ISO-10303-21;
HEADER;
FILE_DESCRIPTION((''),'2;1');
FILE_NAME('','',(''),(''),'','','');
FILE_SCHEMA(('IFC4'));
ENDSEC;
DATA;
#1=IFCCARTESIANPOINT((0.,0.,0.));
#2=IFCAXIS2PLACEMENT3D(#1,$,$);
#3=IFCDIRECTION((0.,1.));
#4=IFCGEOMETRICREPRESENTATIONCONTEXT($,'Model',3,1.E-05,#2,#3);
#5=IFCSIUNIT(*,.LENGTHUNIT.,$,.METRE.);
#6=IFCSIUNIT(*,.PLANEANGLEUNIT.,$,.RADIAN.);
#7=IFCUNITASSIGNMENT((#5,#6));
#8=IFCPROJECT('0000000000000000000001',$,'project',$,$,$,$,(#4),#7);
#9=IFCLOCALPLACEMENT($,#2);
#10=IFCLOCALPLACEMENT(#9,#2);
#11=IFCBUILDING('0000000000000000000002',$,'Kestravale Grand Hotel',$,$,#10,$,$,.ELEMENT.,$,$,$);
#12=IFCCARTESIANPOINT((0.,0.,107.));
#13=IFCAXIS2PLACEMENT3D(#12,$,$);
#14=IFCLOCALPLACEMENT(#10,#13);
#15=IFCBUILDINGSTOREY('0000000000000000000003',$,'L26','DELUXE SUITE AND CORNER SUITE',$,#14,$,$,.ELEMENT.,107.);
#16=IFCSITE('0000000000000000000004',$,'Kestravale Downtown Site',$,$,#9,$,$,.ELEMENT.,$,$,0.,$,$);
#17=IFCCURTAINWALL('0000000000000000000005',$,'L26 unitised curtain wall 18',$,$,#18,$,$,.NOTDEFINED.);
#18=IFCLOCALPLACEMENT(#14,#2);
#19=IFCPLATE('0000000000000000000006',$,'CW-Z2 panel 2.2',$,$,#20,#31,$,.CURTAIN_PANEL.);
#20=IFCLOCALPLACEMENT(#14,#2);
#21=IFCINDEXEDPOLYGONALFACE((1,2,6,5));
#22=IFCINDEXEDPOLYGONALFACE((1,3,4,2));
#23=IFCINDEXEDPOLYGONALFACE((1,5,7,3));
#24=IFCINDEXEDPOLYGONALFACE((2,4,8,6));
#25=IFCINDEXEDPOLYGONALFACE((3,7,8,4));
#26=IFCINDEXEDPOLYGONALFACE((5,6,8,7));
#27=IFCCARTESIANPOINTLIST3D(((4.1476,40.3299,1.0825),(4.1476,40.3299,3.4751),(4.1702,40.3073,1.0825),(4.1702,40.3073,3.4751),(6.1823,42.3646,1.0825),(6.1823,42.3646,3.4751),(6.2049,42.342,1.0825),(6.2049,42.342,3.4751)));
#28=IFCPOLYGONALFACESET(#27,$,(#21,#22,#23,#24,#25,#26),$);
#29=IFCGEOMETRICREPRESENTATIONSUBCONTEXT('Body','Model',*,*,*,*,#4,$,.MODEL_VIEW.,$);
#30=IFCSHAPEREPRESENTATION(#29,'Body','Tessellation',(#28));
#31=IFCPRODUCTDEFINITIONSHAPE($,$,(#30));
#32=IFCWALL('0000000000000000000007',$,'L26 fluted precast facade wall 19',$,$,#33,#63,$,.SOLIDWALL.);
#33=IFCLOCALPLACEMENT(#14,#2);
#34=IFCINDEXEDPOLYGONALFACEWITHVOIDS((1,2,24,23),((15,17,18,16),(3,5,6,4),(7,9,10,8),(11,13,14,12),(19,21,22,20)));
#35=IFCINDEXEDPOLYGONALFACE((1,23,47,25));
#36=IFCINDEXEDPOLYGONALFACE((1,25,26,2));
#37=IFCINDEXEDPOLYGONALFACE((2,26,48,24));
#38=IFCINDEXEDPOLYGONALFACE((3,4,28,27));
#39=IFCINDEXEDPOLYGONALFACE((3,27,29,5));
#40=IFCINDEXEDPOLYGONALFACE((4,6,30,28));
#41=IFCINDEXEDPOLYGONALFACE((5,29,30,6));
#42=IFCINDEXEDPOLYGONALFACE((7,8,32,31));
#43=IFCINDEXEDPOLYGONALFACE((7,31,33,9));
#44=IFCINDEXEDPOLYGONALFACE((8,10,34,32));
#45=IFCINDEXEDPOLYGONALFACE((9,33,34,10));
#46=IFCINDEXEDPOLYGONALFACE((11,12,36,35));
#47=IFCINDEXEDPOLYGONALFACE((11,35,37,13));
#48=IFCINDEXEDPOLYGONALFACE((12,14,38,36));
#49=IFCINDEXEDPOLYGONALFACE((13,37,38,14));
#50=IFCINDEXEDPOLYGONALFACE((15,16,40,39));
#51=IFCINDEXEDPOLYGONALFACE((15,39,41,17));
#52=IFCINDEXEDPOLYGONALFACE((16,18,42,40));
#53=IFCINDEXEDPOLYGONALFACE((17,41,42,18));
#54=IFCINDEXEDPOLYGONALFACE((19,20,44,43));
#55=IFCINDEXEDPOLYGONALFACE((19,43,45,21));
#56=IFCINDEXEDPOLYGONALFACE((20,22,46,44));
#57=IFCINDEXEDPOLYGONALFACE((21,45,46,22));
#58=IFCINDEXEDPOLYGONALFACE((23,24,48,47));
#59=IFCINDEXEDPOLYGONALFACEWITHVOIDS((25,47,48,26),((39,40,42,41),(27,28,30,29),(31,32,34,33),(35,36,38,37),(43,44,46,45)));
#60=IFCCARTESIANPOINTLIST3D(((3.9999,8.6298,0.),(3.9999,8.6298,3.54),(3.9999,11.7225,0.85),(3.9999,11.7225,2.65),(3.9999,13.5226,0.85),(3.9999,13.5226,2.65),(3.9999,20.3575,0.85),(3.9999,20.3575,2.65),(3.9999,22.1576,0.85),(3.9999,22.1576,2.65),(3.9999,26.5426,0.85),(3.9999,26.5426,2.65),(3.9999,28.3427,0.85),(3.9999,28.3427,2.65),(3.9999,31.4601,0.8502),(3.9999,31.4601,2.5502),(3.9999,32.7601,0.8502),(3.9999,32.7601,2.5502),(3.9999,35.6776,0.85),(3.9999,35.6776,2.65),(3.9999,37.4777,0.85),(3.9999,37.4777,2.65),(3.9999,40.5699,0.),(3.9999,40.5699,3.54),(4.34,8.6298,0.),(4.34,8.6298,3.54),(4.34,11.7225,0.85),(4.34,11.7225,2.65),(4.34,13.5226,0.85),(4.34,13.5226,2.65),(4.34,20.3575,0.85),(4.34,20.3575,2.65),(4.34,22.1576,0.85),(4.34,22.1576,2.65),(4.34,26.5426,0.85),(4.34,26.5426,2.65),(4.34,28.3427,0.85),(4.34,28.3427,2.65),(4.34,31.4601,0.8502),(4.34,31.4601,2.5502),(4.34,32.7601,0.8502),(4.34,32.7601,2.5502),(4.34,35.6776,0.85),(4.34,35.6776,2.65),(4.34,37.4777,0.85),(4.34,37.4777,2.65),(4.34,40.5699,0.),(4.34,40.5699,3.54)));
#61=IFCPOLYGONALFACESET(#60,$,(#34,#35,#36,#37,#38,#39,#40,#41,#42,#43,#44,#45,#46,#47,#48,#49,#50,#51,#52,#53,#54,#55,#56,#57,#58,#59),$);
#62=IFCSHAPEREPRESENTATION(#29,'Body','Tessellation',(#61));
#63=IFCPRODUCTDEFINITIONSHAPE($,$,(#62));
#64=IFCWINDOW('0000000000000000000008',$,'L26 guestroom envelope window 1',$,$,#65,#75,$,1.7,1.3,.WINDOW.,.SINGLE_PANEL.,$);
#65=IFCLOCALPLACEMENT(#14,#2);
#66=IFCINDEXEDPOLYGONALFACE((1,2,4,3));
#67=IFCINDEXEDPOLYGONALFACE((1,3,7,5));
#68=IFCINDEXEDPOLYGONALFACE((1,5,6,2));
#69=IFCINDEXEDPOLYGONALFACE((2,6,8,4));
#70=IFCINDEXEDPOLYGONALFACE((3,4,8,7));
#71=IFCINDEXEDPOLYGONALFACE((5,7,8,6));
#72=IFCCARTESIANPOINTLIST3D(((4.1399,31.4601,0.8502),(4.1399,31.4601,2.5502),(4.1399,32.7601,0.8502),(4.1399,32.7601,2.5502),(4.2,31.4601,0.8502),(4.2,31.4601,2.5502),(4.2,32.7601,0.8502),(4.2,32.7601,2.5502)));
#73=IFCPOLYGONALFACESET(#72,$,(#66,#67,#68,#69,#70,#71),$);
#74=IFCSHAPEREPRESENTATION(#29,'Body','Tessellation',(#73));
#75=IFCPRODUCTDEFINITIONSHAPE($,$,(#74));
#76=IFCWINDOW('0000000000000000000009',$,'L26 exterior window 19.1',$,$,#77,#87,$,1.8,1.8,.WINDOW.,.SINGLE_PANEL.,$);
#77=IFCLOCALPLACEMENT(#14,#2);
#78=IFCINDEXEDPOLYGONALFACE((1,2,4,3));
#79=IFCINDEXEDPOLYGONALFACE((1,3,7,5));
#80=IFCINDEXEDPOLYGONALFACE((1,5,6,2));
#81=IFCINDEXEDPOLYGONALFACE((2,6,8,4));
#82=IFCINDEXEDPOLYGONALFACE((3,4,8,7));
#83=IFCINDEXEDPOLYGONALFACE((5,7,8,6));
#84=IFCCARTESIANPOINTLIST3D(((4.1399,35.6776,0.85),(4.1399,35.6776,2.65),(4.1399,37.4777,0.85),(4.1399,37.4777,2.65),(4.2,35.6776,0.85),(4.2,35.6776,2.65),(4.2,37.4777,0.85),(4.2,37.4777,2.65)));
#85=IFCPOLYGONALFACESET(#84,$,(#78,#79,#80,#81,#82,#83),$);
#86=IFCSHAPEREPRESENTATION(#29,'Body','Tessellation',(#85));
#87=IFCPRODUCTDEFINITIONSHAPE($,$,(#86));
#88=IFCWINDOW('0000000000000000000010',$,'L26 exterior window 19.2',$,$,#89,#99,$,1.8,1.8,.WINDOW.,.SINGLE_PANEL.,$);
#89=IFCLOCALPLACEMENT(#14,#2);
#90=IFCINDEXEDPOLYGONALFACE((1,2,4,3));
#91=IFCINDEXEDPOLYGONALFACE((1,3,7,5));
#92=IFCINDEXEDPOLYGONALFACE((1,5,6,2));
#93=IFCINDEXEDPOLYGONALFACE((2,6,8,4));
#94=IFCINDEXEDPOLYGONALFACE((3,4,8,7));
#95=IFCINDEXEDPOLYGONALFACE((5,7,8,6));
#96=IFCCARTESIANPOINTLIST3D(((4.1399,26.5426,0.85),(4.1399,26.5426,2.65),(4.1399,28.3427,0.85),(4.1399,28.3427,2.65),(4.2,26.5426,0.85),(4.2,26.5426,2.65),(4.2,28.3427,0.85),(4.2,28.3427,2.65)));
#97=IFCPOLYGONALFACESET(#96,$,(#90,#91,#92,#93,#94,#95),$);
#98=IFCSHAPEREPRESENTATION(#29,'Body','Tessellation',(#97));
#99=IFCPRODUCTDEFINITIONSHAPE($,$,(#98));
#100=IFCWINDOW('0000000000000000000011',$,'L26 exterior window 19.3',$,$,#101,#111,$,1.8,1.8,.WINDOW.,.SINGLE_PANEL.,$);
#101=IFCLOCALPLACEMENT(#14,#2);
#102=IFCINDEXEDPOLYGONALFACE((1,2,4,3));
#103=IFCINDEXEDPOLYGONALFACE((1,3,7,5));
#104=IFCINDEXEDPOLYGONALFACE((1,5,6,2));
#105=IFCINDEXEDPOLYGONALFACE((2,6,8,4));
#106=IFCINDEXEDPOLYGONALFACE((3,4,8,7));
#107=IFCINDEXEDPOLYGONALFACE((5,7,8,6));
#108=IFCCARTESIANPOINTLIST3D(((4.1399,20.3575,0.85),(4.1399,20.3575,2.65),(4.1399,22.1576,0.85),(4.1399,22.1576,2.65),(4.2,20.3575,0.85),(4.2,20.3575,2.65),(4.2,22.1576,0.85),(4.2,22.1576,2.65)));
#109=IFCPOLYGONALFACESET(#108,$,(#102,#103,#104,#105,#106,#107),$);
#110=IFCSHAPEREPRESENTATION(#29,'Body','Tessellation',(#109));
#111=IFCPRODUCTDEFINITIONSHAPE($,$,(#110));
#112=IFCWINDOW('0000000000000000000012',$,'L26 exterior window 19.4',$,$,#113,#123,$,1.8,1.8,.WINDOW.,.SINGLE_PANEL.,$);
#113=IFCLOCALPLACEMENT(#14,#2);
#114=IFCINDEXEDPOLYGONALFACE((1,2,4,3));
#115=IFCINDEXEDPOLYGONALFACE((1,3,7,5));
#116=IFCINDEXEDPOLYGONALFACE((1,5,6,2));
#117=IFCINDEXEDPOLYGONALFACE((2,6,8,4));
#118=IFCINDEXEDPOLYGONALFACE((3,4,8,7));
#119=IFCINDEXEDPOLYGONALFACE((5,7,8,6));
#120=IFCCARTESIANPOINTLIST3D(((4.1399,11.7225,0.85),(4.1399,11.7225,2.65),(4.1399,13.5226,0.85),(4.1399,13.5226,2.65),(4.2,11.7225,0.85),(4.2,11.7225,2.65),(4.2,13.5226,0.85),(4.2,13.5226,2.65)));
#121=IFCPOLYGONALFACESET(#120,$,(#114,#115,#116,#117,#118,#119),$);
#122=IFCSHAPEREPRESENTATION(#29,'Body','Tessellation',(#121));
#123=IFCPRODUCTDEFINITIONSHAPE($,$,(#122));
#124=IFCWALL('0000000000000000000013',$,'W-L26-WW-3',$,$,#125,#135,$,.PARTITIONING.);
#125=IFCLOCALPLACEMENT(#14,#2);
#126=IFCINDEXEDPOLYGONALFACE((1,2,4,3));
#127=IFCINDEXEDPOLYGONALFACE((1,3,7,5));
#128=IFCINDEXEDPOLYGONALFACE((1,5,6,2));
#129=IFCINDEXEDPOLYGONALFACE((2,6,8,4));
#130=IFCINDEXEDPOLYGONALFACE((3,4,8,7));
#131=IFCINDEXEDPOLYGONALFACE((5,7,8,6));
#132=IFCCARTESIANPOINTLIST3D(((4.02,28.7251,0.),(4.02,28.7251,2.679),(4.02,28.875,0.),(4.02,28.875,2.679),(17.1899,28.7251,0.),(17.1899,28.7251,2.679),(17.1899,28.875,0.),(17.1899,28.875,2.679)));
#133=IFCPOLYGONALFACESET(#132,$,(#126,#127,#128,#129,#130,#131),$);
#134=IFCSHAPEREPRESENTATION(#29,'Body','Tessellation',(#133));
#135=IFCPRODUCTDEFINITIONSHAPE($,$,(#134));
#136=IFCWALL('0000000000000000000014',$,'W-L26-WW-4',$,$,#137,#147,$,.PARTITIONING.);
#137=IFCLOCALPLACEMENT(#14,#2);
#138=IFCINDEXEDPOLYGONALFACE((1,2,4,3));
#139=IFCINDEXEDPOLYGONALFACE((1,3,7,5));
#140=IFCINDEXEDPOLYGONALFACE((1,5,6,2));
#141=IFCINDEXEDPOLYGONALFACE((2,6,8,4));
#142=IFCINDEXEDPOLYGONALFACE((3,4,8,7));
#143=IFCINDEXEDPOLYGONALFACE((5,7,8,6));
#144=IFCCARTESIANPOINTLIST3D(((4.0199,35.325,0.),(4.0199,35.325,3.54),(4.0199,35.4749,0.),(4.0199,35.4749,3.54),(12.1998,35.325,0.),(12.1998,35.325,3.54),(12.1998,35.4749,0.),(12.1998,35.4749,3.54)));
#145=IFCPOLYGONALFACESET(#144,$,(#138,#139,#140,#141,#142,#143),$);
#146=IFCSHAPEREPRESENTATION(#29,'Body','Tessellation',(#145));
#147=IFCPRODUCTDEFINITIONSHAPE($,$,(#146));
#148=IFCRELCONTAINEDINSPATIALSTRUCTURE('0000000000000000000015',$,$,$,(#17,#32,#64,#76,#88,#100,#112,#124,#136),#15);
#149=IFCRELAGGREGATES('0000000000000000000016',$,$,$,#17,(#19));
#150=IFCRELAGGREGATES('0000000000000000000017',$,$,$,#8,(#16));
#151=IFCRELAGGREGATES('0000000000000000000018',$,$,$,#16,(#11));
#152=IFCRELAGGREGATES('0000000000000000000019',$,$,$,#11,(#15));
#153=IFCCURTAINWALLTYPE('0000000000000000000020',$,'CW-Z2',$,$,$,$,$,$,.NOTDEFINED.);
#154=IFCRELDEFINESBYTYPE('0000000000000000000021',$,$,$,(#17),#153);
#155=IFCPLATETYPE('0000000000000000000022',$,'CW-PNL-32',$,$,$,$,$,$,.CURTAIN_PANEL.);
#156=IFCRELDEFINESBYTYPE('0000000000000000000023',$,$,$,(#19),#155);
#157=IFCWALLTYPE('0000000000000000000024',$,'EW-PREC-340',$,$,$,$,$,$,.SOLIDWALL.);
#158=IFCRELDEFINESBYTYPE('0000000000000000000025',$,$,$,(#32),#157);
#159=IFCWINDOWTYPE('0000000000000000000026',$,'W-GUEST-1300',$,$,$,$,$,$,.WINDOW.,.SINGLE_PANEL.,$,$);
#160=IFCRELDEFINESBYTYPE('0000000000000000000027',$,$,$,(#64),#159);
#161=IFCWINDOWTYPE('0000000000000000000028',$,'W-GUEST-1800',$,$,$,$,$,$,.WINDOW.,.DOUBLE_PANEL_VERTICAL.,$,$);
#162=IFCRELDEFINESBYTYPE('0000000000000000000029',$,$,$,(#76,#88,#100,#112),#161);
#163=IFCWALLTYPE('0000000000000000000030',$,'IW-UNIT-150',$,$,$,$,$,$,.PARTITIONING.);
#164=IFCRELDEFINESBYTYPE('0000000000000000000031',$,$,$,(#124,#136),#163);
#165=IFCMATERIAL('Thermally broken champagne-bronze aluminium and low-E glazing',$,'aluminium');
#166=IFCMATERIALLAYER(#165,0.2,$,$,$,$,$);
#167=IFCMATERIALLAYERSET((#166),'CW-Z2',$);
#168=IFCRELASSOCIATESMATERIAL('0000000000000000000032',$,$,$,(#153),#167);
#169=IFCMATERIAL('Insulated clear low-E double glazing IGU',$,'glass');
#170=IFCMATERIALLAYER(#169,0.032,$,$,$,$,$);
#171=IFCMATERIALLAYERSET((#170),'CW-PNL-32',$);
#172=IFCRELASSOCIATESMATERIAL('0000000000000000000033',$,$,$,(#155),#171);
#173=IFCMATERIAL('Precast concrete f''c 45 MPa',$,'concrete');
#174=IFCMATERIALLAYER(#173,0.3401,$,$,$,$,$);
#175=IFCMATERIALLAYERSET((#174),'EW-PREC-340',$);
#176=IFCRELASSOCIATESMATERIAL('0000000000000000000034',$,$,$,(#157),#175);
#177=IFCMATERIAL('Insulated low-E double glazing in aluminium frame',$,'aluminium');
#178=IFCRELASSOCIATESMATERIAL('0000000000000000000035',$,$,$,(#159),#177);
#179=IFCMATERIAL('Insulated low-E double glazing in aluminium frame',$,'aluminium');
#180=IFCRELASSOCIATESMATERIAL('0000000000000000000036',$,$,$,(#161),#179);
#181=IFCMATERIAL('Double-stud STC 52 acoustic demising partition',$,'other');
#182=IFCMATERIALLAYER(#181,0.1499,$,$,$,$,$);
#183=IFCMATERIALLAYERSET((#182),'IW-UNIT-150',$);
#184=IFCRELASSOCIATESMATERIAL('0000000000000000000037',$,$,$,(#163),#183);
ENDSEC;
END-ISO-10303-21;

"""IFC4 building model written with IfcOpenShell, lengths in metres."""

from ifc_helpers import new_model, si_unit, direction, frame, frame_2d, origin, origin_2d, place, context, subcontext, project, spatial, rectangle, extrude, material, layer, layer_set, type_object, element, fill, aggregate, save


model = new_model("IFC4")

# Units and contexts
model_context = context("Model", 3, precision=1e-05, world=origin(), true_north=direction((0.0, 1.0)))
body_context = subcontext(model_context, "Body", "Model", "MODEL_VIEW")
ifc_project = project(units=[si_unit("LENGTHUNIT", "METRE"), si_unit("PLANEANGLEUNIT", "RADIAN")], contexts=[model_context])

# Site, building, storey
site_placement = place(None, origin())
site = spatial("IfcSite", under=ifc_project, at=site_placement, Name="Kestravale Downtown Site", CompositionType="ELEMENT", RefElevation=0.0)
building_placement = place(site_placement, origin())
building = spatial("IfcBuilding", under=site, at=building_placement, Name="Kestravale Grand Hotel", CompositionType="ELEMENT")
storey_placement = place(building_placement, frame((0.0, 0.0, 107.0)))
storey = spatial("IfcBuildingStorey", under=building, at=storey_placement, Name="L26", Description="DELUXE SUITE AND CORNER SUITE", CompositionType="ELEMENT", Elevation=107.0)

# Curtain wall, plate
ifc_material_1 = material(Name="Thermally broken champagne-bronze aluminium and low-E glazing", Category="aluminium")
ifc_layer_1 = layer(ifc_material_1, 0.2)
ifc_layer_set_1 = layer_set([ifc_layer_1], Name="CW-Z2")
curtain_wall_type = type_object("IfcCurtainWallType", Name="CW-Z2", PredefinedType="NOTDEFINED", material=ifc_layer_set_1)
curtain_wall_placement = place(storey_placement, origin())
curtain_wall = element("IfcCurtainWall", 1, at=curtain_wall_placement, inside=storey, type_object=curtain_wall_type, Name="L26 unitised curtain wall 18", PredefinedType="NOTDEFINED")
ifc_material_2 = material(Name="Insulated clear low-E double glazing IGU", Category="glass")
ifc_layer_2 = layer(ifc_material_2, 0.032)
ifc_layer_set_2 = layer_set([ifc_layer_2], Name="CW-PNL-32")
plate_type = type_object("IfcPlateType", Name="CW-PNL-32", PredefinedType="CURTAIN_PANEL", material=ifc_layer_set_2)
plate_1_placement = place(storey_placement, frame((5.1763, 41.3359, 1.0825), z_axis=(0.0, 0.0, 1.0), x_axis=(-0.707107, -0.707107, 0.0)))
plate_1 = element("IfcPlate", 2, at=plate_1_placement, type_object=plate_type, Name="CW-Z2 panel 2.2", PredefinedType="CURTAIN_PANEL", context=body_context, shape_type="SweptSolid", body=[
    extrude(rectangle(XDim=2.8774, YDim=0.032, at=origin_2d()), origin(), (0.0, 0.0, 1.0), 2.3926),
])
aggregate(curtain_wall, [plate_1])

# Wall, openings, windows
ifc_material_3 = material(Name="Precast concrete f'c 45 MPa", Category="concrete")
ifc_layer_3 = layer(ifc_material_3, 0.3401)
ifc_layer_set_3 = layer_set([ifc_layer_3], Name="EW-PREC-340")
wall_type_1 = type_object("IfcWallType", Name="EW-PREC-340", PredefinedType="SOLIDWALL", material=ifc_layer_set_3)
wall_1_placement = place(storey_placement, frame((4.1699, 40.5701, 0.0), z_axis=(0.0, 0.0, 1.0), x_axis=(0.0, -1.0, 0.0)))
wall_1 = element("IfcWall", 3, at=wall_1_placement, inside=storey, type_object=wall_type_1, Name="L26 fluted precast facade wall 19", PredefinedType="SOLIDWALL", context=body_context, shape_type="SweptSolid", body=[
    extrude(rectangle(XDim=31.9402, YDim=0.3401, at=frame_2d((15.9702, 0.0))), origin(), (0.0, 0.0, 1.0), 3.54),
])
opening_1_placement = place(wall_1_placement, frame((3.0925, 0.0, 0.8501)))
opening_1 = element("IfcOpeningElement", 4, at=opening_1_placement, cuts=wall_1, PredefinedType="OPENING", context=body_context, shape_type="SweptSolid", body=[
    extrude(rectangle(XDim=1.8, YDim=1.8, at=frame_2d((0.8999, 0.8999))), frame((0.0, 0.1799, 0.0), z_axis=(0.0, -1.0, 0.0), x_axis=(1.0, 0.0, 0.0)), (0.0, 0.0, 1.0), 0.3601),
])
opening_2_placement = place(wall_1_placement, frame((12.2275, 0.0, 0.8501)))
opening_2 = element("IfcOpeningElement", 5, at=opening_2_placement, cuts=wall_1, PredefinedType="OPENING", context=body_context, shape_type="SweptSolid", body=[
    extrude(rectangle(XDim=1.8, YDim=1.8, at=frame_2d((0.8999, 0.8999))), frame((0.0, 0.1799, 0.0), z_axis=(0.0, -1.0, 0.0), x_axis=(1.0, 0.0, 0.0)), (0.0, 0.0, 1.0), 0.3601),
])
opening_3_placement = place(wall_1_placement, frame((18.4126, 0.0, 0.8501)))
opening_3 = element("IfcOpeningElement", 6, at=opening_3_placement, cuts=wall_1, PredefinedType="OPENING", context=body_context, shape_type="SweptSolid", body=[
    extrude(rectangle(XDim=1.8, YDim=1.8, at=frame_2d((0.8999, 0.8999))), frame((0.0, 0.1799, 0.0), z_axis=(0.0, -1.0, 0.0), x_axis=(1.0, 0.0, 0.0)), (0.0, 0.0, 1.0), 0.3601),
])
opening_4_placement = place(wall_1_placement, frame((27.0476, 0.0, 0.8501)))
opening_4 = element("IfcOpeningElement", 7, at=opening_4_placement, cuts=wall_1, PredefinedType="OPENING", context=body_context, shape_type="SweptSolid", body=[
    extrude(rectangle(XDim=1.8, YDim=1.8, at=frame_2d((0.8999, 0.8999))), frame((0.0, 0.1799, 0.0), z_axis=(0.0, -1.0, 0.0), x_axis=(1.0, 0.0, 0.0)), (0.0, 0.0, 1.0), 0.3601),
])
opening_5_placement = place(wall_1_placement, frame((7.8101, 0.0, 0.8501)))
opening_5 = element("IfcOpeningElement", 8, at=opening_5_placement, cuts=wall_1, PredefinedType="OPENING", context=body_context, shape_type="SweptSolid", body=[
    extrude(rectangle(XDim=1.3, YDim=1.7, at=frame_2d((0.6499, 0.8501))), frame((0.0, 0.1799, 0.0), z_axis=(0.0, -1.0, 0.0), x_axis=(1.0, 0.0, 0.0)), (0.0, 0.0, 1.0), 0.3601),
])
ifc_material_4 = material(Name="Insulated low-E double glazing in aluminium frame", Category="aluminium")
window_type_1 = type_object("IfcWindowType", Name="W-GUEST-1300", PartitioningType="SINGLE_PANEL", PredefinedType="WINDOW", material=ifc_material_4)
window_1_placement = place(opening_5_placement, origin())
window_1 = element("IfcWindow", 9, at=window_1_placement, inside=storey, type_object=window_type_1, Name="L26 guestroom envelope window 1", OverallHeight=1.7, OverallWidth=1.3, PartitioningType="SINGLE_PANEL", PredefinedType="WINDOW", context=body_context, shape_type="SweptSolid", body=[
    extrude(rectangle(XDim=1.3, YDim=1.7, at=frame_2d((0.6499, 0.8501))), frame((0.0, 0.03, 0.0), z_axis=(0.0, -1.0, 0.0), x_axis=(1.0, 0.0, 0.0)), (0.0, 0.0, 1.0), 0.0601),
])
fill(opening_5, window_1)
ifc_material_5 = material(Name="Insulated low-E double glazing in aluminium frame", Category="aluminium")
window_type_2 = type_object("IfcWindowType", Name="W-GUEST-1800", PartitioningType="DOUBLE_PANEL_VERTICAL", PredefinedType="WINDOW", material=ifc_material_5)
window_2_placement = place(opening_1_placement, origin())
window_2 = element("IfcWindow", 10, at=window_2_placement, inside=storey, type_object=window_type_2, Name="L26 exterior window 19.1", OverallHeight=1.8, OverallWidth=1.8, PartitioningType="SINGLE_PANEL", PredefinedType="WINDOW", context=body_context, shape_type="SweptSolid", body=[
    extrude(rectangle(XDim=1.8, YDim=1.8, at=frame_2d((0.8999, 0.8999))), frame((0.0, 0.03, 0.0), z_axis=(0.0, -1.0, 0.0), x_axis=(1.0, 0.0, 0.0)), (0.0, 0.0, 1.0), 0.0601),
])
fill(opening_1, window_2)
window_3_placement = place(opening_2_placement, origin())
window_3 = element("IfcWindow", 11, at=window_3_placement, inside=storey, type_object=window_type_2, Name="L26 exterior window 19.2", OverallHeight=1.8, OverallWidth=1.8, PartitioningType="SINGLE_PANEL", PredefinedType="WINDOW", context=body_context, shape_type="SweptSolid", body=[
    extrude(rectangle(XDim=1.8, YDim=1.8, at=frame_2d((0.8999, 0.8999))), frame((0.0, 0.03, 0.0), z_axis=(0.0, -1.0, 0.0), x_axis=(1.0, 0.0, 0.0)), (0.0, 0.0, 1.0), 0.0601),
])
fill(opening_2, window_3)
window_4_placement = place(opening_3_placement, origin())
window_4 = element("IfcWindow", 12, at=window_4_placement, inside=storey, type_object=window_type_2, Name="L26 exterior window 19.3", OverallHeight=1.8, OverallWidth=1.8, PartitioningType="SINGLE_PANEL", PredefinedType="WINDOW", context=body_context, shape_type="SweptSolid", body=[
    extrude(rectangle(XDim=1.8, YDim=1.8, at=frame_2d((0.8999, 0.8999))), frame((0.0, 0.03, 0.0), z_axis=(0.0, -1.0, 0.0), x_axis=(1.0, 0.0, 0.0)), (0.0, 0.0, 1.0), 0.0601),
])
fill(opening_3, window_4)
window_5_placement = place(opening_4_placement, origin())
window_5 = element("IfcWindow", 13, at=window_5_placement, inside=storey, type_object=window_type_2, Name="L26 exterior window 19.4", OverallHeight=1.8, OverallWidth=1.8, PartitioningType="SINGLE_PANEL", PredefinedType="WINDOW", context=body_context, shape_type="SweptSolid", body=[
    extrude(rectangle(XDim=1.8, YDim=1.8, at=frame_2d((0.8999, 0.8999))), frame((0.0, 0.03, 0.0), z_axis=(0.0, -1.0, 0.0), x_axis=(1.0, 0.0, 0.0)), (0.0, 0.0, 1.0), 0.0601),
])
fill(opening_4, window_5)

# Walls
ifc_material_6 = material(Name="Double-stud STC 52 acoustic demising partition", Category="other")
ifc_layer_4 = layer(ifc_material_6, 0.1499)
ifc_layer_set_4 = layer_set([ifc_layer_4], Name="IW-UNIT-150")
wall_type_2 = type_object("IfcWallType", Name="IW-UNIT-150", PredefinedType="PARTITIONING", material=ifc_layer_set_4)
wall_2_placement = place(storey_placement, frame((4.02, 28.8, 0.0), z_axis=(0.0, 0.0, 1.0), x_axis=(1.0, 0.0, 0.0)))
element("IfcWall", 14, at=wall_2_placement, inside=storey, type_object=wall_type_2, Name="W-L26-WW-3", PredefinedType="PARTITIONING", context=body_context, shape_type="SweptSolid", body=[
    extrude(rectangle(XDim=13.1699, YDim=0.1499, at=frame_2d((6.585, 0.0))), origin(), (0.0, 0.0, 1.0), 2.679),
])
wall_3_placement = place(storey_placement, frame((4.02, 35.3999, 0.0), z_axis=(0.0, 0.0, 1.0), x_axis=(1.0, 0.0, 0.0)))
element("IfcWall", 15, at=wall_3_placement, inside=storey, type_object=wall_type_2, Name="W-L26-WW-4", PredefinedType="PARTITIONING", context=body_context, shape_type="SweptSolid", body=[
    extrude(rectangle(XDim=8.1799, YDim=0.1499, at=frame_2d((4.0898, 0.0))), origin(), (0.0, 0.0, 1.0), 3.54),
])

save(model, "model.ifc")
